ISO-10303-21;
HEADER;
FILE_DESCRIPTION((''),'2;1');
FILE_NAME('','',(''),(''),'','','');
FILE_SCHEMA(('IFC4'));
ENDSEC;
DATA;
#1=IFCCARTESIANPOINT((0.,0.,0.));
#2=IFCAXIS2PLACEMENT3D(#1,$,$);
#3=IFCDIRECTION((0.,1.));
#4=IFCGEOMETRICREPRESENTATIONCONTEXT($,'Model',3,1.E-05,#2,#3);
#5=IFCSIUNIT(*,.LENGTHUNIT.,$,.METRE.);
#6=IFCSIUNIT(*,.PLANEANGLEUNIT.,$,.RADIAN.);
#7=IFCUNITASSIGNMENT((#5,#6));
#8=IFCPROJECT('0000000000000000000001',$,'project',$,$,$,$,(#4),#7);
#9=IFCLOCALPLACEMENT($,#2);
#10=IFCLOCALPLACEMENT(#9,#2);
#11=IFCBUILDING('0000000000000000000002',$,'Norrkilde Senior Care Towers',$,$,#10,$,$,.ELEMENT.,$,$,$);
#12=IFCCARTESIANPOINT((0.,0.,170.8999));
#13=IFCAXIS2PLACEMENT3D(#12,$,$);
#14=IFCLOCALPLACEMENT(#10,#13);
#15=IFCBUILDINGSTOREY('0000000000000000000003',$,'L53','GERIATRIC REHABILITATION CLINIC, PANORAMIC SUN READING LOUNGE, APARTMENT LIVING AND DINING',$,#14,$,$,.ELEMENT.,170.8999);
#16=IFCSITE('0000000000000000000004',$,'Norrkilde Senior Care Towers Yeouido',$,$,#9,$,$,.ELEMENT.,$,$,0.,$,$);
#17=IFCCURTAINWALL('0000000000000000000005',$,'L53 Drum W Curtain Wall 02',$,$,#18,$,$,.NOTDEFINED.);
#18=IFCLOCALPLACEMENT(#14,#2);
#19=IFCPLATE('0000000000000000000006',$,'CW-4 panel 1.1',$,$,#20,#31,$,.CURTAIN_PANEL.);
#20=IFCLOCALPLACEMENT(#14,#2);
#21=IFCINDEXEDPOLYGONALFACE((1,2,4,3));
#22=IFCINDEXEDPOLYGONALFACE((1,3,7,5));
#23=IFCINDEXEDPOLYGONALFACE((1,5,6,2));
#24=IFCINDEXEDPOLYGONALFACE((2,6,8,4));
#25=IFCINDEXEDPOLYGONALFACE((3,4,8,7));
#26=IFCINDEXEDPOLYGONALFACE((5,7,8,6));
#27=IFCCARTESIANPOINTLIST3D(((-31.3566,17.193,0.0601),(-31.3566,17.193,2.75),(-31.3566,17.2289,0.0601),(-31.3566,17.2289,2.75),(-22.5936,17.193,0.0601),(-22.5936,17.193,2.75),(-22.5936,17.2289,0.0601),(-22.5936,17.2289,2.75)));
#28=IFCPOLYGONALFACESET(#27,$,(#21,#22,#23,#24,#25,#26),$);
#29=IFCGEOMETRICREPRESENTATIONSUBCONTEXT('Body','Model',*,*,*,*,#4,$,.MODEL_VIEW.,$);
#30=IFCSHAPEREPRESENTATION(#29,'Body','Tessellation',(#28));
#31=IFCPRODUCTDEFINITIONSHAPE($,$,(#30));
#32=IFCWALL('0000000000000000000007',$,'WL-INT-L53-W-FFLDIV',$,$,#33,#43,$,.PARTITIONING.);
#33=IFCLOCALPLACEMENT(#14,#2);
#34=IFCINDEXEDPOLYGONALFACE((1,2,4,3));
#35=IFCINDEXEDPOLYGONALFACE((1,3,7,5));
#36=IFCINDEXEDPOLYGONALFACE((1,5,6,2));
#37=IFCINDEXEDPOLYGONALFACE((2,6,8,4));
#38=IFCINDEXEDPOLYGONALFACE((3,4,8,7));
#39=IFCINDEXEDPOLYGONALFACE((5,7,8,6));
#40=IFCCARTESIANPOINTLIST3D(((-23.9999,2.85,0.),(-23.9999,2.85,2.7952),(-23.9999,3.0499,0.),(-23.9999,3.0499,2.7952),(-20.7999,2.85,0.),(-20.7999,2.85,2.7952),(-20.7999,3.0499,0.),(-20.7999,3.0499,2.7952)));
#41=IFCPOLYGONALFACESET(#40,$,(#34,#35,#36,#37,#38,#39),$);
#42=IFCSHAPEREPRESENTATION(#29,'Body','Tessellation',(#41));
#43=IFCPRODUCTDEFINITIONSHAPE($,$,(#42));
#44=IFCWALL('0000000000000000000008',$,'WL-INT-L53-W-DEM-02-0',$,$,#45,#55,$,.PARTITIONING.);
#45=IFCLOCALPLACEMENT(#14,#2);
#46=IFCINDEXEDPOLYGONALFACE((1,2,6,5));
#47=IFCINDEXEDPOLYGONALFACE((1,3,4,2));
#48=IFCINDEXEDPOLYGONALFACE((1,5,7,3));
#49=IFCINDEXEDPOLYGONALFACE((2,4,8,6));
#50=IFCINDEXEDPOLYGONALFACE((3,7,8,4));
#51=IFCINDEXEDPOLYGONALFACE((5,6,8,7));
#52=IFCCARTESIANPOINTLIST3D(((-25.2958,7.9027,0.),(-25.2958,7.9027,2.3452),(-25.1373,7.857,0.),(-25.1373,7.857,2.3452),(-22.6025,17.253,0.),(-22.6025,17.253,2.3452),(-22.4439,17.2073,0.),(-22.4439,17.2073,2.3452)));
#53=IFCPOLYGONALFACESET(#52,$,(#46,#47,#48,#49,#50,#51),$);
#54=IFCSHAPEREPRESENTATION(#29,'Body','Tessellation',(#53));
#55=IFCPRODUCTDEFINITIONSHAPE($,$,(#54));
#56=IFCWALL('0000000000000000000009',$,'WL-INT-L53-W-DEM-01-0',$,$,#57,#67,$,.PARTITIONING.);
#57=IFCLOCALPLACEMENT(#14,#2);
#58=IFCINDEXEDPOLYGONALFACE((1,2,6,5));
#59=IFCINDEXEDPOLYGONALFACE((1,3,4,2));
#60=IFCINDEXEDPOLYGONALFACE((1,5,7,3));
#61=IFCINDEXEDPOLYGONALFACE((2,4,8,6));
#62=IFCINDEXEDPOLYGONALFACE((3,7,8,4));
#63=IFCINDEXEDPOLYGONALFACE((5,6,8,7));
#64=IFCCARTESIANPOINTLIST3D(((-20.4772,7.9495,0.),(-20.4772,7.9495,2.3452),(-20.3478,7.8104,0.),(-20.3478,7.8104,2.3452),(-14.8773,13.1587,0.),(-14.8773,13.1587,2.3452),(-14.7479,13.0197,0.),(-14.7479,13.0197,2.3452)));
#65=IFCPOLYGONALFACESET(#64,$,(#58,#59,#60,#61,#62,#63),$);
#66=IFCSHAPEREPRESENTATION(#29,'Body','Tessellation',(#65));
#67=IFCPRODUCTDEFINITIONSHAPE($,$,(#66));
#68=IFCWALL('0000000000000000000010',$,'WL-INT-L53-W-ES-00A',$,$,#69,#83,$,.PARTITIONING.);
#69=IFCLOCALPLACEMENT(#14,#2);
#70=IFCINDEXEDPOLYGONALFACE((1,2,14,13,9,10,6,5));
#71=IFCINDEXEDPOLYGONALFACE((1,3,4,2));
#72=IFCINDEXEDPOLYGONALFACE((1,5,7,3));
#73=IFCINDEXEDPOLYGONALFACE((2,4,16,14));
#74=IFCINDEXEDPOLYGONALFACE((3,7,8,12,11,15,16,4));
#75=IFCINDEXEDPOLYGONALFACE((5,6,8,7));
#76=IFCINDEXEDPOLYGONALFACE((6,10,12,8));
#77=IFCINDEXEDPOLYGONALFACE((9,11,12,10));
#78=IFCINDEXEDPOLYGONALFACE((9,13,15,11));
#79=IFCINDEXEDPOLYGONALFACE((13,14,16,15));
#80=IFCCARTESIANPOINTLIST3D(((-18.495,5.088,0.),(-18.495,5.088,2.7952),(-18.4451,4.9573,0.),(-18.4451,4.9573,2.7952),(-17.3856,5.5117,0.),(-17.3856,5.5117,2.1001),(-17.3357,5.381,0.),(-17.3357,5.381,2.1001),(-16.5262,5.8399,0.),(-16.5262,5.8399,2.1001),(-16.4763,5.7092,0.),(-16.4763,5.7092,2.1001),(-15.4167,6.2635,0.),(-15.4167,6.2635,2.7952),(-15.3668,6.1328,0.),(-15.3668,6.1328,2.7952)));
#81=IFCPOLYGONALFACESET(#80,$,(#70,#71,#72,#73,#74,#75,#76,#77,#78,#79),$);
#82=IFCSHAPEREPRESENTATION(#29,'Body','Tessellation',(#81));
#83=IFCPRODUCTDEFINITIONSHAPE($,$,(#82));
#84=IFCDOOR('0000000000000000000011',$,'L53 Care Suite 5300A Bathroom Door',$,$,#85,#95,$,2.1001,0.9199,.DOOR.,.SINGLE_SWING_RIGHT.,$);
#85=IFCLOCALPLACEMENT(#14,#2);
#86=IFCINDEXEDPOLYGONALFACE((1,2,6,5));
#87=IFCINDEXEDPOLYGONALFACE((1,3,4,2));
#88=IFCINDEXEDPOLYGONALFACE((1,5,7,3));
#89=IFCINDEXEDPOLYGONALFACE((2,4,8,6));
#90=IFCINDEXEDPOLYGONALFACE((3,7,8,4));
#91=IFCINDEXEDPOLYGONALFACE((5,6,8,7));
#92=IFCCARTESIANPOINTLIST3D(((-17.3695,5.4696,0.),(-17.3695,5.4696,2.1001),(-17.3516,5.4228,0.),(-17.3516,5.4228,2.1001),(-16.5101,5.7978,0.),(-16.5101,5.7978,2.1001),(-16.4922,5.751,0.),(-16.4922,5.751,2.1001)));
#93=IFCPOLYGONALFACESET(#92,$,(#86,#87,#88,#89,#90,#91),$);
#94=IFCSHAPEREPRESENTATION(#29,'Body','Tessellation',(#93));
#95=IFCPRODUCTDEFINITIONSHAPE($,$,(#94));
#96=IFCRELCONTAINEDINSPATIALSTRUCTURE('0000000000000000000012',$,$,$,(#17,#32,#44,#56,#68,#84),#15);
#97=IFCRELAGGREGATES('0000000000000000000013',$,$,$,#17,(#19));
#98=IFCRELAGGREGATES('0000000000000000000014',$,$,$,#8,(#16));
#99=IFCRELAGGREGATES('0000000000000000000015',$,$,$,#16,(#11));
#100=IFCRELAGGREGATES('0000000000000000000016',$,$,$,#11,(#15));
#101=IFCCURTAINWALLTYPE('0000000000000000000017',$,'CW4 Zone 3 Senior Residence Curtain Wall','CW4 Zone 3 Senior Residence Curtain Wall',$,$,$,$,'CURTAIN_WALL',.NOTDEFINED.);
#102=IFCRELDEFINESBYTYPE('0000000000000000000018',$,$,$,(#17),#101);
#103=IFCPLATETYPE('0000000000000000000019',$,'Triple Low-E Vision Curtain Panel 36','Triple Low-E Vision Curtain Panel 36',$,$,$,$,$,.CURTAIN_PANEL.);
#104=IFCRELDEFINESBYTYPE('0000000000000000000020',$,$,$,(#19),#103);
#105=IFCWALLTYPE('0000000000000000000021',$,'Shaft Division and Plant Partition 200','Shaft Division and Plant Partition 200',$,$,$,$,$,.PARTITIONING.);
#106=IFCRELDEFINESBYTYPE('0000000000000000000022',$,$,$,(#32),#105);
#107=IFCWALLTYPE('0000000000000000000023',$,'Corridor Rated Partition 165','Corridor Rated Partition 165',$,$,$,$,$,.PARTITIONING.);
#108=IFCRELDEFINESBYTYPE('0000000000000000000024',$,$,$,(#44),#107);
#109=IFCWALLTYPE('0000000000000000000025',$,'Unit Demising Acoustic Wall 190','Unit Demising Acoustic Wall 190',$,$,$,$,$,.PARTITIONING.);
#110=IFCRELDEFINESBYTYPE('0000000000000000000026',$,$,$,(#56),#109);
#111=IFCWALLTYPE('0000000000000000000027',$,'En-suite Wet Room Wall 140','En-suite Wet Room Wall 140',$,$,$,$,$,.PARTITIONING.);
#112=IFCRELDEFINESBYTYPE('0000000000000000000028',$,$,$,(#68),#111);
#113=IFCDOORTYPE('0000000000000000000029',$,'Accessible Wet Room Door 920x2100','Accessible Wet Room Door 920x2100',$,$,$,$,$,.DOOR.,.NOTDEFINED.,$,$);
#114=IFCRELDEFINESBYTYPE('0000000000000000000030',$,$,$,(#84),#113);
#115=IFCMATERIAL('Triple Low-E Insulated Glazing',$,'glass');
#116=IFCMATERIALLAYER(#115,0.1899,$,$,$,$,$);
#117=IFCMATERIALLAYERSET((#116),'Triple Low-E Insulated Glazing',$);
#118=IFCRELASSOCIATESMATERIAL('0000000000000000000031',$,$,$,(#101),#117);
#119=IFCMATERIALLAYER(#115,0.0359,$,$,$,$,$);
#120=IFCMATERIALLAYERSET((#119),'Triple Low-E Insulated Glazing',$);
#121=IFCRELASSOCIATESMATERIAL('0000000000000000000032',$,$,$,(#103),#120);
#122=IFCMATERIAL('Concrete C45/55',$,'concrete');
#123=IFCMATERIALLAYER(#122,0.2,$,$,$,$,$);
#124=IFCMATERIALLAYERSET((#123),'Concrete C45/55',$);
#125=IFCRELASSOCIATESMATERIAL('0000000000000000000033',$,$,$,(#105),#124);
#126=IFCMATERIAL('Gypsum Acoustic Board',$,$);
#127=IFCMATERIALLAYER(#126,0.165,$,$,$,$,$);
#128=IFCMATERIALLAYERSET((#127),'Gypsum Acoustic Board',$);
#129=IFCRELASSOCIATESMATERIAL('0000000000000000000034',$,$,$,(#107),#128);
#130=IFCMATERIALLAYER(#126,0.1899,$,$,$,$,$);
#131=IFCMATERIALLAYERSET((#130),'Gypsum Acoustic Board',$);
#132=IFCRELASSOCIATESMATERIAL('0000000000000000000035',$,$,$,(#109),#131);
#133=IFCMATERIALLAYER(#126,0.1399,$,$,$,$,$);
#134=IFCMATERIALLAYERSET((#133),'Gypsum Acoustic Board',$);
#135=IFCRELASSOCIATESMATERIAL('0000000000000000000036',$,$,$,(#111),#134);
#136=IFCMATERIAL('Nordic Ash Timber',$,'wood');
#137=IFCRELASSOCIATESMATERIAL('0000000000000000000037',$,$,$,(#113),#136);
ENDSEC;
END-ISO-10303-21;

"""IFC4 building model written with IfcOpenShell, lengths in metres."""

from ifc_helpers import new_model, si_unit, direction, frame, frame_2d, origin, origin_2d, place, context, subcontext, project, spatial, rectangle, extrude, source, transform, mapped, material, layer, layer_set, type_object, type_shapes, element, fill, aggregate, save


model = new_model("IFC4")

# Units and contexts
model_context = context("Model", 3, precision=1e-05, world=origin(), true_north=direction((0.0, 1.0)))
body_context = subcontext(model_context, "Body", "Model", "MODEL_VIEW")
ifc_project = project(units=[si_unit("LENGTHUNIT", "METRE"), si_unit("PLANEANGLEUNIT", "RADIAN")], contexts=[model_context])

# Site, building, storey
site_placement = place(None, origin())
site = spatial("IfcSite", under=ifc_project, at=site_placement, Name="Norrkilde Senior Care Towers Yeouido", CompositionType="ELEMENT", RefElevation=0.0)
building_placement = place(site_placement, origin())
building = spatial("IfcBuilding", under=site, at=building_placement, Name="Norrkilde Senior Care Towers", CompositionType="ELEMENT")
storey_placement = place(building_placement, frame((0.0, 0.0, 170.8999)))
storey = spatial("IfcBuildingStorey", under=building, at=storey_placement, Name="L53", Description="GERIATRIC REHABILITATION CLINIC, PANORAMIC SUN READING LOUNGE, APARTMENT LIVING AND DINING", CompositionType="ELEMENT", Elevation=170.8999)

# Curtain wall
ifc_material_1 = material(Name="Triple Low-E Insulated Glazing", Category="glass")
ifc_layer_1 = layer(ifc_material_1, 0.1899)
ifc_layer_set_1 = layer_set([ifc_layer_1], Name="Triple Low-E Insulated Glazing")
curtain_wall_type = type_object("IfcCurtainWallType", Name="CW4 Zone 3 Senior Residence Curtain Wall", Description="CW4 Zone 3 Senior Residence Curtain Wall", ElementType="CURTAIN_WALL", PredefinedType="NOTDEFINED", material=ifc_layer_set_1)
curtain_wall_1_placement = place(storey_placement, origin())
curtain_wall_1 = element("IfcCurtainWall", 1, at=curtain_wall_1_placement, inside=storey, type_object=curtain_wall_type, Name="L53 Drum W Curtain Wall 02", PredefinedType="NOTDEFINED")

# Plate
ifc_layer_2 = layer(ifc_material_1, 0.0359)
ifc_layer_set_2 = layer_set([ifc_layer_2], Name="Triple Low-E Insulated Glazing")
plate_type = type_object("IfcPlateType", Name="Triple Low-E Vision Curtain Panel 36", Description="Triple Low-E Vision Curtain Panel 36", PredefinedType="CURTAIN_PANEL", material=ifc_layer_set_2)
shared_shape_1 = source(origin(), body_context, "Body", "SweptSolid", [
    extrude(rectangle(XDim=8.7629, YDim=0.0359, at=origin_2d()), origin(), (0.0, 0.0, 1.0), 2.6899),
])
plate_1_placement = place(storey_placement, frame((-26.9751, 17.2109, 0.0601), z_axis=(0.0, 0.0, 1.0), x_axis=(1.0, 0.0, 0.0)))
plate_1 = element("IfcPlate", 2, at=plate_1_placement, type_object=plate_type, Name="CW-4 panel 1.1", PredefinedType="CURTAIN_PANEL", context=body_context, shape_type="MappedRepresentation", body=[
    mapped(shared_shape_1, transform((0.0, 0.0, 0.0), x_axis=(1.0, 0.0, 0.0), y_axis=(0.0, 1.0, 0.0), z_axis=(0.0, 0.0, 1.0), scale=1.0)),
])
aggregate(curtain_wall_1, [plate_1])

# Walls
ifc_material_2 = material(Name="Concrete C45/55", Category="concrete")
ifc_layer_3 = layer(ifc_material_2, 0.2)
ifc_layer_set_3 = layer_set([ifc_layer_3], Name="Concrete C45/55")
wall_type_1 = type_object("IfcWallType", Name="Shaft Division and Plant Partition 200", Description="Shaft Division and Plant Partition 200", PredefinedType="PARTITIONING", material=ifc_layer_set_3)
shared_shape_2 = source(origin(), body_context, "Body", "SweptSolid", [
    extrude(rectangle(XDim=3.2, YDim=0.2, at=frame_2d((1.6001, 0.0))), origin(), (0.0, 0.0, 1.0), 2.7952),
])
type_shapes(wall_type_1, [shared_shape_2])
wall_1_placement = place(storey_placement, frame((-24.0, 2.95, 0.0), z_axis=(0.0, 0.0, 1.0), x_axis=(1.0, 0.0, 0.0)))
element("IfcWall", 3, at=wall_1_placement, inside=storey, type_object=wall_type_1, Name="WL-INT-L53-W-FFLDIV", PredefinedType="PARTITIONING", context=body_context, shape_type="MappedRepresentation", body=[
    mapped(shared_shape_2, transform((0.0, 0.0, 0.0), x_axis=(1.0, 0.0, 0.0), y_axis=(0.0, 1.0, 0.0), z_axis=(0.0, 0.0, 1.0), scale=1.0)),
])
ifc_material_3 = material(Name="Gypsum Acoustic Board")
ifc_layer_4 = layer(ifc_material_3, 0.165)
ifc_layer_set_4 = layer_set([ifc_layer_4], Name="Gypsum Acoustic Board")
wall_type_2 = type_object("IfcWallType", Name="Corridor Rated Partition 165", Description="Corridor Rated Partition 165", PredefinedType="PARTITIONING", material=ifc_layer_set_4)
shared_shape_3 = source(origin(), body_context, "Body", "SweptSolid", [
    extrude(rectangle(XDim=9.7305, YDim=0.165, at=frame_2d((4.8652, 0.0))), origin(), (0.0, 0.0, 1.0), 2.3452),
])
wall_2_placement = place(storey_placement, frame((-25.2166, 7.8799, 0.0), z_axis=(0.0, 0.0, 1.0), x_axis=(0.276795, 0.960929, 0.0)))
element("IfcWall", 4, at=wall_2_placement, inside=storey, type_object=wall_type_2, Name="WL-INT-L53-W-DEM-02-0", PredefinedType="PARTITIONING", context=body_context, shape_type="MappedRepresentation", body=[
    mapped(shared_shape_3, transform((0.0, 0.0, 0.0), x_axis=(1.0, 0.0, 0.0), y_axis=(0.0, 1.0, 0.0), z_axis=(0.0, 0.0, 1.0), scale=1.0)),
])
ifc_layer_5 = layer(ifc_material_3, 0.1899)
ifc_layer_set_5 = layer_set([ifc_layer_5], Name="Gypsum Acoustic Board")
wall_type_3 = type_object("IfcWallType", Name="Unit Demising Acoustic Wall 190", Description="Unit Demising Acoustic Wall 190", PredefinedType="PARTITIONING", material=ifc_layer_set_5)
shared_shape_4 = source(origin(), body_context, "Body", "SweptSolid", [
    extrude(rectangle(XDim=7.6482, YDim=0.1899, at=frame_2d((3.8242, 0.0))), origin(), (0.0, 0.0, 1.0), 2.3452),
])
type_shapes(wall_type_3, [shared_shape_4])
wall_3_placement = place(storey_placement, frame((-20.4126, 7.8799, 0.0), z_axis=(0.0, 0.0, 1.0), x_axis=(0.732183, 0.681108, 0.0)))
element("IfcWall", 5, at=wall_3_placement, inside=storey, type_object=wall_type_3, Name="WL-INT-L53-W-DEM-01-0", PredefinedType="PARTITIONING", context=body_context, shape_type="MappedRepresentation", body=[
    mapped(shared_shape_4, transform((0.0, 0.0, 0.0), x_axis=(1.0, 0.0, 0.0), y_axis=(0.0, 1.0, 0.0), z_axis=(0.0, 0.0, 1.0), scale=1.0)),
])

# Wall, opening, door
ifc_layer_6 = layer(ifc_material_3, 0.1399)
ifc_layer_set_6 = layer_set([ifc_layer_6], Name="Gypsum Acoustic Board")
wall_type_4 = type_object("IfcWallType", Name="En-suite Wet Room Wall 140", Description="En-suite Wet Room Wall 140", PredefinedType="PARTITIONING", material=ifc_layer_set_6)
shared_shape_5 = source(origin(), body_context, "Body", "SweptSolid", [
    extrude(rectangle(XDim=3.2952, YDim=0.1399, at=frame_2d((1.6475, 0.0))), origin(), (0.0, 0.0, 1.0), 2.7952),
])
wall_4_placement = place(storey_placement, frame((-18.47, 5.0227, 0.0), z_axis=(0.0, 0.0, 1.0), x_axis=(0.934202, 0.356744, 0.0)))
wall_4 = element("IfcWall", 6, at=wall_4_placement, inside=storey, type_object=wall_type_4, Name="WL-INT-L53-W-ES-00A", PredefinedType="PARTITIONING", context=body_context, shape_type="MappedRepresentation", body=[
    mapped(shared_shape_5, transform((0.0, 0.0, 0.0), x_axis=(1.0, 0.0, 0.0), y_axis=(0.0, 1.0, 0.0), z_axis=(0.0, 0.0, 1.0), scale=1.0)),
])
opening_1_placement = place(wall_4_placement, frame((1.1875, 0.0, 0.0)))
opening_1 = element("IfcOpeningElement", 7, at=opening_1_placement, cuts=wall_4, PredefinedType="OPENING", context=body_context, shape_type="SweptSolid", body=[
    extrude(rectangle(XDim=0.9199, YDim=2.1001, at=frame_2d((0.46, 1.05))), frame((0.0, 0.0798, 0.0), z_axis=(0.0, -1.0, 0.0), x_axis=(1.0, 0.0, 0.0)), (0.0, 0.0, 1.0), 0.1599),
])
ifc_material_4 = material(Name="Nordic Ash Timber", Category="wood")
door_type_1 = type_object("IfcDoorType", Name="Accessible Wet Room Door 920x2100", Description="Accessible Wet Room Door 920x2100", OperationType="NOTDEFINED", PredefinedType="DOOR", material=ifc_material_4)
shared_shape_6 = source(origin(), body_context, "Body", "SweptSolid", [
    extrude(rectangle(XDim=0.9199, YDim=2.1001, at=frame_2d((0.46, 1.05))), frame((0.0, 0.0249, 0.0), z_axis=(0.0, -1.0, 0.0), x_axis=(1.0, 0.0, 0.0)), (0.0, 0.0, 1.0), 0.05),
])
type_shapes(door_type_1, [shared_shape_6])
door_1_placement = place(opening_1_placement, origin())
door_1 = element("IfcDoor", 8, at=door_1_placement, inside=storey, type_object=door_type_1, Name="L53 Care Suite 5300A Bathroom Door", OperationType="SINGLE_SWING_RIGHT", OverallHeight=2.1001, OverallWidth=0.9199, PredefinedType="DOOR", context=body_context, shape_type="MappedRepresentation", body=[
    mapped(shared_shape_6, transform((0.0, 0.0, 0.0), x_axis=(1.0, 0.0, 0.0), y_axis=(0.0, 1.0, 0.0), z_axis=(0.0, 0.0, 1.0), scale=1.0)),
])
fill(opening_1, door_1)

save(model, "model.ifc")
